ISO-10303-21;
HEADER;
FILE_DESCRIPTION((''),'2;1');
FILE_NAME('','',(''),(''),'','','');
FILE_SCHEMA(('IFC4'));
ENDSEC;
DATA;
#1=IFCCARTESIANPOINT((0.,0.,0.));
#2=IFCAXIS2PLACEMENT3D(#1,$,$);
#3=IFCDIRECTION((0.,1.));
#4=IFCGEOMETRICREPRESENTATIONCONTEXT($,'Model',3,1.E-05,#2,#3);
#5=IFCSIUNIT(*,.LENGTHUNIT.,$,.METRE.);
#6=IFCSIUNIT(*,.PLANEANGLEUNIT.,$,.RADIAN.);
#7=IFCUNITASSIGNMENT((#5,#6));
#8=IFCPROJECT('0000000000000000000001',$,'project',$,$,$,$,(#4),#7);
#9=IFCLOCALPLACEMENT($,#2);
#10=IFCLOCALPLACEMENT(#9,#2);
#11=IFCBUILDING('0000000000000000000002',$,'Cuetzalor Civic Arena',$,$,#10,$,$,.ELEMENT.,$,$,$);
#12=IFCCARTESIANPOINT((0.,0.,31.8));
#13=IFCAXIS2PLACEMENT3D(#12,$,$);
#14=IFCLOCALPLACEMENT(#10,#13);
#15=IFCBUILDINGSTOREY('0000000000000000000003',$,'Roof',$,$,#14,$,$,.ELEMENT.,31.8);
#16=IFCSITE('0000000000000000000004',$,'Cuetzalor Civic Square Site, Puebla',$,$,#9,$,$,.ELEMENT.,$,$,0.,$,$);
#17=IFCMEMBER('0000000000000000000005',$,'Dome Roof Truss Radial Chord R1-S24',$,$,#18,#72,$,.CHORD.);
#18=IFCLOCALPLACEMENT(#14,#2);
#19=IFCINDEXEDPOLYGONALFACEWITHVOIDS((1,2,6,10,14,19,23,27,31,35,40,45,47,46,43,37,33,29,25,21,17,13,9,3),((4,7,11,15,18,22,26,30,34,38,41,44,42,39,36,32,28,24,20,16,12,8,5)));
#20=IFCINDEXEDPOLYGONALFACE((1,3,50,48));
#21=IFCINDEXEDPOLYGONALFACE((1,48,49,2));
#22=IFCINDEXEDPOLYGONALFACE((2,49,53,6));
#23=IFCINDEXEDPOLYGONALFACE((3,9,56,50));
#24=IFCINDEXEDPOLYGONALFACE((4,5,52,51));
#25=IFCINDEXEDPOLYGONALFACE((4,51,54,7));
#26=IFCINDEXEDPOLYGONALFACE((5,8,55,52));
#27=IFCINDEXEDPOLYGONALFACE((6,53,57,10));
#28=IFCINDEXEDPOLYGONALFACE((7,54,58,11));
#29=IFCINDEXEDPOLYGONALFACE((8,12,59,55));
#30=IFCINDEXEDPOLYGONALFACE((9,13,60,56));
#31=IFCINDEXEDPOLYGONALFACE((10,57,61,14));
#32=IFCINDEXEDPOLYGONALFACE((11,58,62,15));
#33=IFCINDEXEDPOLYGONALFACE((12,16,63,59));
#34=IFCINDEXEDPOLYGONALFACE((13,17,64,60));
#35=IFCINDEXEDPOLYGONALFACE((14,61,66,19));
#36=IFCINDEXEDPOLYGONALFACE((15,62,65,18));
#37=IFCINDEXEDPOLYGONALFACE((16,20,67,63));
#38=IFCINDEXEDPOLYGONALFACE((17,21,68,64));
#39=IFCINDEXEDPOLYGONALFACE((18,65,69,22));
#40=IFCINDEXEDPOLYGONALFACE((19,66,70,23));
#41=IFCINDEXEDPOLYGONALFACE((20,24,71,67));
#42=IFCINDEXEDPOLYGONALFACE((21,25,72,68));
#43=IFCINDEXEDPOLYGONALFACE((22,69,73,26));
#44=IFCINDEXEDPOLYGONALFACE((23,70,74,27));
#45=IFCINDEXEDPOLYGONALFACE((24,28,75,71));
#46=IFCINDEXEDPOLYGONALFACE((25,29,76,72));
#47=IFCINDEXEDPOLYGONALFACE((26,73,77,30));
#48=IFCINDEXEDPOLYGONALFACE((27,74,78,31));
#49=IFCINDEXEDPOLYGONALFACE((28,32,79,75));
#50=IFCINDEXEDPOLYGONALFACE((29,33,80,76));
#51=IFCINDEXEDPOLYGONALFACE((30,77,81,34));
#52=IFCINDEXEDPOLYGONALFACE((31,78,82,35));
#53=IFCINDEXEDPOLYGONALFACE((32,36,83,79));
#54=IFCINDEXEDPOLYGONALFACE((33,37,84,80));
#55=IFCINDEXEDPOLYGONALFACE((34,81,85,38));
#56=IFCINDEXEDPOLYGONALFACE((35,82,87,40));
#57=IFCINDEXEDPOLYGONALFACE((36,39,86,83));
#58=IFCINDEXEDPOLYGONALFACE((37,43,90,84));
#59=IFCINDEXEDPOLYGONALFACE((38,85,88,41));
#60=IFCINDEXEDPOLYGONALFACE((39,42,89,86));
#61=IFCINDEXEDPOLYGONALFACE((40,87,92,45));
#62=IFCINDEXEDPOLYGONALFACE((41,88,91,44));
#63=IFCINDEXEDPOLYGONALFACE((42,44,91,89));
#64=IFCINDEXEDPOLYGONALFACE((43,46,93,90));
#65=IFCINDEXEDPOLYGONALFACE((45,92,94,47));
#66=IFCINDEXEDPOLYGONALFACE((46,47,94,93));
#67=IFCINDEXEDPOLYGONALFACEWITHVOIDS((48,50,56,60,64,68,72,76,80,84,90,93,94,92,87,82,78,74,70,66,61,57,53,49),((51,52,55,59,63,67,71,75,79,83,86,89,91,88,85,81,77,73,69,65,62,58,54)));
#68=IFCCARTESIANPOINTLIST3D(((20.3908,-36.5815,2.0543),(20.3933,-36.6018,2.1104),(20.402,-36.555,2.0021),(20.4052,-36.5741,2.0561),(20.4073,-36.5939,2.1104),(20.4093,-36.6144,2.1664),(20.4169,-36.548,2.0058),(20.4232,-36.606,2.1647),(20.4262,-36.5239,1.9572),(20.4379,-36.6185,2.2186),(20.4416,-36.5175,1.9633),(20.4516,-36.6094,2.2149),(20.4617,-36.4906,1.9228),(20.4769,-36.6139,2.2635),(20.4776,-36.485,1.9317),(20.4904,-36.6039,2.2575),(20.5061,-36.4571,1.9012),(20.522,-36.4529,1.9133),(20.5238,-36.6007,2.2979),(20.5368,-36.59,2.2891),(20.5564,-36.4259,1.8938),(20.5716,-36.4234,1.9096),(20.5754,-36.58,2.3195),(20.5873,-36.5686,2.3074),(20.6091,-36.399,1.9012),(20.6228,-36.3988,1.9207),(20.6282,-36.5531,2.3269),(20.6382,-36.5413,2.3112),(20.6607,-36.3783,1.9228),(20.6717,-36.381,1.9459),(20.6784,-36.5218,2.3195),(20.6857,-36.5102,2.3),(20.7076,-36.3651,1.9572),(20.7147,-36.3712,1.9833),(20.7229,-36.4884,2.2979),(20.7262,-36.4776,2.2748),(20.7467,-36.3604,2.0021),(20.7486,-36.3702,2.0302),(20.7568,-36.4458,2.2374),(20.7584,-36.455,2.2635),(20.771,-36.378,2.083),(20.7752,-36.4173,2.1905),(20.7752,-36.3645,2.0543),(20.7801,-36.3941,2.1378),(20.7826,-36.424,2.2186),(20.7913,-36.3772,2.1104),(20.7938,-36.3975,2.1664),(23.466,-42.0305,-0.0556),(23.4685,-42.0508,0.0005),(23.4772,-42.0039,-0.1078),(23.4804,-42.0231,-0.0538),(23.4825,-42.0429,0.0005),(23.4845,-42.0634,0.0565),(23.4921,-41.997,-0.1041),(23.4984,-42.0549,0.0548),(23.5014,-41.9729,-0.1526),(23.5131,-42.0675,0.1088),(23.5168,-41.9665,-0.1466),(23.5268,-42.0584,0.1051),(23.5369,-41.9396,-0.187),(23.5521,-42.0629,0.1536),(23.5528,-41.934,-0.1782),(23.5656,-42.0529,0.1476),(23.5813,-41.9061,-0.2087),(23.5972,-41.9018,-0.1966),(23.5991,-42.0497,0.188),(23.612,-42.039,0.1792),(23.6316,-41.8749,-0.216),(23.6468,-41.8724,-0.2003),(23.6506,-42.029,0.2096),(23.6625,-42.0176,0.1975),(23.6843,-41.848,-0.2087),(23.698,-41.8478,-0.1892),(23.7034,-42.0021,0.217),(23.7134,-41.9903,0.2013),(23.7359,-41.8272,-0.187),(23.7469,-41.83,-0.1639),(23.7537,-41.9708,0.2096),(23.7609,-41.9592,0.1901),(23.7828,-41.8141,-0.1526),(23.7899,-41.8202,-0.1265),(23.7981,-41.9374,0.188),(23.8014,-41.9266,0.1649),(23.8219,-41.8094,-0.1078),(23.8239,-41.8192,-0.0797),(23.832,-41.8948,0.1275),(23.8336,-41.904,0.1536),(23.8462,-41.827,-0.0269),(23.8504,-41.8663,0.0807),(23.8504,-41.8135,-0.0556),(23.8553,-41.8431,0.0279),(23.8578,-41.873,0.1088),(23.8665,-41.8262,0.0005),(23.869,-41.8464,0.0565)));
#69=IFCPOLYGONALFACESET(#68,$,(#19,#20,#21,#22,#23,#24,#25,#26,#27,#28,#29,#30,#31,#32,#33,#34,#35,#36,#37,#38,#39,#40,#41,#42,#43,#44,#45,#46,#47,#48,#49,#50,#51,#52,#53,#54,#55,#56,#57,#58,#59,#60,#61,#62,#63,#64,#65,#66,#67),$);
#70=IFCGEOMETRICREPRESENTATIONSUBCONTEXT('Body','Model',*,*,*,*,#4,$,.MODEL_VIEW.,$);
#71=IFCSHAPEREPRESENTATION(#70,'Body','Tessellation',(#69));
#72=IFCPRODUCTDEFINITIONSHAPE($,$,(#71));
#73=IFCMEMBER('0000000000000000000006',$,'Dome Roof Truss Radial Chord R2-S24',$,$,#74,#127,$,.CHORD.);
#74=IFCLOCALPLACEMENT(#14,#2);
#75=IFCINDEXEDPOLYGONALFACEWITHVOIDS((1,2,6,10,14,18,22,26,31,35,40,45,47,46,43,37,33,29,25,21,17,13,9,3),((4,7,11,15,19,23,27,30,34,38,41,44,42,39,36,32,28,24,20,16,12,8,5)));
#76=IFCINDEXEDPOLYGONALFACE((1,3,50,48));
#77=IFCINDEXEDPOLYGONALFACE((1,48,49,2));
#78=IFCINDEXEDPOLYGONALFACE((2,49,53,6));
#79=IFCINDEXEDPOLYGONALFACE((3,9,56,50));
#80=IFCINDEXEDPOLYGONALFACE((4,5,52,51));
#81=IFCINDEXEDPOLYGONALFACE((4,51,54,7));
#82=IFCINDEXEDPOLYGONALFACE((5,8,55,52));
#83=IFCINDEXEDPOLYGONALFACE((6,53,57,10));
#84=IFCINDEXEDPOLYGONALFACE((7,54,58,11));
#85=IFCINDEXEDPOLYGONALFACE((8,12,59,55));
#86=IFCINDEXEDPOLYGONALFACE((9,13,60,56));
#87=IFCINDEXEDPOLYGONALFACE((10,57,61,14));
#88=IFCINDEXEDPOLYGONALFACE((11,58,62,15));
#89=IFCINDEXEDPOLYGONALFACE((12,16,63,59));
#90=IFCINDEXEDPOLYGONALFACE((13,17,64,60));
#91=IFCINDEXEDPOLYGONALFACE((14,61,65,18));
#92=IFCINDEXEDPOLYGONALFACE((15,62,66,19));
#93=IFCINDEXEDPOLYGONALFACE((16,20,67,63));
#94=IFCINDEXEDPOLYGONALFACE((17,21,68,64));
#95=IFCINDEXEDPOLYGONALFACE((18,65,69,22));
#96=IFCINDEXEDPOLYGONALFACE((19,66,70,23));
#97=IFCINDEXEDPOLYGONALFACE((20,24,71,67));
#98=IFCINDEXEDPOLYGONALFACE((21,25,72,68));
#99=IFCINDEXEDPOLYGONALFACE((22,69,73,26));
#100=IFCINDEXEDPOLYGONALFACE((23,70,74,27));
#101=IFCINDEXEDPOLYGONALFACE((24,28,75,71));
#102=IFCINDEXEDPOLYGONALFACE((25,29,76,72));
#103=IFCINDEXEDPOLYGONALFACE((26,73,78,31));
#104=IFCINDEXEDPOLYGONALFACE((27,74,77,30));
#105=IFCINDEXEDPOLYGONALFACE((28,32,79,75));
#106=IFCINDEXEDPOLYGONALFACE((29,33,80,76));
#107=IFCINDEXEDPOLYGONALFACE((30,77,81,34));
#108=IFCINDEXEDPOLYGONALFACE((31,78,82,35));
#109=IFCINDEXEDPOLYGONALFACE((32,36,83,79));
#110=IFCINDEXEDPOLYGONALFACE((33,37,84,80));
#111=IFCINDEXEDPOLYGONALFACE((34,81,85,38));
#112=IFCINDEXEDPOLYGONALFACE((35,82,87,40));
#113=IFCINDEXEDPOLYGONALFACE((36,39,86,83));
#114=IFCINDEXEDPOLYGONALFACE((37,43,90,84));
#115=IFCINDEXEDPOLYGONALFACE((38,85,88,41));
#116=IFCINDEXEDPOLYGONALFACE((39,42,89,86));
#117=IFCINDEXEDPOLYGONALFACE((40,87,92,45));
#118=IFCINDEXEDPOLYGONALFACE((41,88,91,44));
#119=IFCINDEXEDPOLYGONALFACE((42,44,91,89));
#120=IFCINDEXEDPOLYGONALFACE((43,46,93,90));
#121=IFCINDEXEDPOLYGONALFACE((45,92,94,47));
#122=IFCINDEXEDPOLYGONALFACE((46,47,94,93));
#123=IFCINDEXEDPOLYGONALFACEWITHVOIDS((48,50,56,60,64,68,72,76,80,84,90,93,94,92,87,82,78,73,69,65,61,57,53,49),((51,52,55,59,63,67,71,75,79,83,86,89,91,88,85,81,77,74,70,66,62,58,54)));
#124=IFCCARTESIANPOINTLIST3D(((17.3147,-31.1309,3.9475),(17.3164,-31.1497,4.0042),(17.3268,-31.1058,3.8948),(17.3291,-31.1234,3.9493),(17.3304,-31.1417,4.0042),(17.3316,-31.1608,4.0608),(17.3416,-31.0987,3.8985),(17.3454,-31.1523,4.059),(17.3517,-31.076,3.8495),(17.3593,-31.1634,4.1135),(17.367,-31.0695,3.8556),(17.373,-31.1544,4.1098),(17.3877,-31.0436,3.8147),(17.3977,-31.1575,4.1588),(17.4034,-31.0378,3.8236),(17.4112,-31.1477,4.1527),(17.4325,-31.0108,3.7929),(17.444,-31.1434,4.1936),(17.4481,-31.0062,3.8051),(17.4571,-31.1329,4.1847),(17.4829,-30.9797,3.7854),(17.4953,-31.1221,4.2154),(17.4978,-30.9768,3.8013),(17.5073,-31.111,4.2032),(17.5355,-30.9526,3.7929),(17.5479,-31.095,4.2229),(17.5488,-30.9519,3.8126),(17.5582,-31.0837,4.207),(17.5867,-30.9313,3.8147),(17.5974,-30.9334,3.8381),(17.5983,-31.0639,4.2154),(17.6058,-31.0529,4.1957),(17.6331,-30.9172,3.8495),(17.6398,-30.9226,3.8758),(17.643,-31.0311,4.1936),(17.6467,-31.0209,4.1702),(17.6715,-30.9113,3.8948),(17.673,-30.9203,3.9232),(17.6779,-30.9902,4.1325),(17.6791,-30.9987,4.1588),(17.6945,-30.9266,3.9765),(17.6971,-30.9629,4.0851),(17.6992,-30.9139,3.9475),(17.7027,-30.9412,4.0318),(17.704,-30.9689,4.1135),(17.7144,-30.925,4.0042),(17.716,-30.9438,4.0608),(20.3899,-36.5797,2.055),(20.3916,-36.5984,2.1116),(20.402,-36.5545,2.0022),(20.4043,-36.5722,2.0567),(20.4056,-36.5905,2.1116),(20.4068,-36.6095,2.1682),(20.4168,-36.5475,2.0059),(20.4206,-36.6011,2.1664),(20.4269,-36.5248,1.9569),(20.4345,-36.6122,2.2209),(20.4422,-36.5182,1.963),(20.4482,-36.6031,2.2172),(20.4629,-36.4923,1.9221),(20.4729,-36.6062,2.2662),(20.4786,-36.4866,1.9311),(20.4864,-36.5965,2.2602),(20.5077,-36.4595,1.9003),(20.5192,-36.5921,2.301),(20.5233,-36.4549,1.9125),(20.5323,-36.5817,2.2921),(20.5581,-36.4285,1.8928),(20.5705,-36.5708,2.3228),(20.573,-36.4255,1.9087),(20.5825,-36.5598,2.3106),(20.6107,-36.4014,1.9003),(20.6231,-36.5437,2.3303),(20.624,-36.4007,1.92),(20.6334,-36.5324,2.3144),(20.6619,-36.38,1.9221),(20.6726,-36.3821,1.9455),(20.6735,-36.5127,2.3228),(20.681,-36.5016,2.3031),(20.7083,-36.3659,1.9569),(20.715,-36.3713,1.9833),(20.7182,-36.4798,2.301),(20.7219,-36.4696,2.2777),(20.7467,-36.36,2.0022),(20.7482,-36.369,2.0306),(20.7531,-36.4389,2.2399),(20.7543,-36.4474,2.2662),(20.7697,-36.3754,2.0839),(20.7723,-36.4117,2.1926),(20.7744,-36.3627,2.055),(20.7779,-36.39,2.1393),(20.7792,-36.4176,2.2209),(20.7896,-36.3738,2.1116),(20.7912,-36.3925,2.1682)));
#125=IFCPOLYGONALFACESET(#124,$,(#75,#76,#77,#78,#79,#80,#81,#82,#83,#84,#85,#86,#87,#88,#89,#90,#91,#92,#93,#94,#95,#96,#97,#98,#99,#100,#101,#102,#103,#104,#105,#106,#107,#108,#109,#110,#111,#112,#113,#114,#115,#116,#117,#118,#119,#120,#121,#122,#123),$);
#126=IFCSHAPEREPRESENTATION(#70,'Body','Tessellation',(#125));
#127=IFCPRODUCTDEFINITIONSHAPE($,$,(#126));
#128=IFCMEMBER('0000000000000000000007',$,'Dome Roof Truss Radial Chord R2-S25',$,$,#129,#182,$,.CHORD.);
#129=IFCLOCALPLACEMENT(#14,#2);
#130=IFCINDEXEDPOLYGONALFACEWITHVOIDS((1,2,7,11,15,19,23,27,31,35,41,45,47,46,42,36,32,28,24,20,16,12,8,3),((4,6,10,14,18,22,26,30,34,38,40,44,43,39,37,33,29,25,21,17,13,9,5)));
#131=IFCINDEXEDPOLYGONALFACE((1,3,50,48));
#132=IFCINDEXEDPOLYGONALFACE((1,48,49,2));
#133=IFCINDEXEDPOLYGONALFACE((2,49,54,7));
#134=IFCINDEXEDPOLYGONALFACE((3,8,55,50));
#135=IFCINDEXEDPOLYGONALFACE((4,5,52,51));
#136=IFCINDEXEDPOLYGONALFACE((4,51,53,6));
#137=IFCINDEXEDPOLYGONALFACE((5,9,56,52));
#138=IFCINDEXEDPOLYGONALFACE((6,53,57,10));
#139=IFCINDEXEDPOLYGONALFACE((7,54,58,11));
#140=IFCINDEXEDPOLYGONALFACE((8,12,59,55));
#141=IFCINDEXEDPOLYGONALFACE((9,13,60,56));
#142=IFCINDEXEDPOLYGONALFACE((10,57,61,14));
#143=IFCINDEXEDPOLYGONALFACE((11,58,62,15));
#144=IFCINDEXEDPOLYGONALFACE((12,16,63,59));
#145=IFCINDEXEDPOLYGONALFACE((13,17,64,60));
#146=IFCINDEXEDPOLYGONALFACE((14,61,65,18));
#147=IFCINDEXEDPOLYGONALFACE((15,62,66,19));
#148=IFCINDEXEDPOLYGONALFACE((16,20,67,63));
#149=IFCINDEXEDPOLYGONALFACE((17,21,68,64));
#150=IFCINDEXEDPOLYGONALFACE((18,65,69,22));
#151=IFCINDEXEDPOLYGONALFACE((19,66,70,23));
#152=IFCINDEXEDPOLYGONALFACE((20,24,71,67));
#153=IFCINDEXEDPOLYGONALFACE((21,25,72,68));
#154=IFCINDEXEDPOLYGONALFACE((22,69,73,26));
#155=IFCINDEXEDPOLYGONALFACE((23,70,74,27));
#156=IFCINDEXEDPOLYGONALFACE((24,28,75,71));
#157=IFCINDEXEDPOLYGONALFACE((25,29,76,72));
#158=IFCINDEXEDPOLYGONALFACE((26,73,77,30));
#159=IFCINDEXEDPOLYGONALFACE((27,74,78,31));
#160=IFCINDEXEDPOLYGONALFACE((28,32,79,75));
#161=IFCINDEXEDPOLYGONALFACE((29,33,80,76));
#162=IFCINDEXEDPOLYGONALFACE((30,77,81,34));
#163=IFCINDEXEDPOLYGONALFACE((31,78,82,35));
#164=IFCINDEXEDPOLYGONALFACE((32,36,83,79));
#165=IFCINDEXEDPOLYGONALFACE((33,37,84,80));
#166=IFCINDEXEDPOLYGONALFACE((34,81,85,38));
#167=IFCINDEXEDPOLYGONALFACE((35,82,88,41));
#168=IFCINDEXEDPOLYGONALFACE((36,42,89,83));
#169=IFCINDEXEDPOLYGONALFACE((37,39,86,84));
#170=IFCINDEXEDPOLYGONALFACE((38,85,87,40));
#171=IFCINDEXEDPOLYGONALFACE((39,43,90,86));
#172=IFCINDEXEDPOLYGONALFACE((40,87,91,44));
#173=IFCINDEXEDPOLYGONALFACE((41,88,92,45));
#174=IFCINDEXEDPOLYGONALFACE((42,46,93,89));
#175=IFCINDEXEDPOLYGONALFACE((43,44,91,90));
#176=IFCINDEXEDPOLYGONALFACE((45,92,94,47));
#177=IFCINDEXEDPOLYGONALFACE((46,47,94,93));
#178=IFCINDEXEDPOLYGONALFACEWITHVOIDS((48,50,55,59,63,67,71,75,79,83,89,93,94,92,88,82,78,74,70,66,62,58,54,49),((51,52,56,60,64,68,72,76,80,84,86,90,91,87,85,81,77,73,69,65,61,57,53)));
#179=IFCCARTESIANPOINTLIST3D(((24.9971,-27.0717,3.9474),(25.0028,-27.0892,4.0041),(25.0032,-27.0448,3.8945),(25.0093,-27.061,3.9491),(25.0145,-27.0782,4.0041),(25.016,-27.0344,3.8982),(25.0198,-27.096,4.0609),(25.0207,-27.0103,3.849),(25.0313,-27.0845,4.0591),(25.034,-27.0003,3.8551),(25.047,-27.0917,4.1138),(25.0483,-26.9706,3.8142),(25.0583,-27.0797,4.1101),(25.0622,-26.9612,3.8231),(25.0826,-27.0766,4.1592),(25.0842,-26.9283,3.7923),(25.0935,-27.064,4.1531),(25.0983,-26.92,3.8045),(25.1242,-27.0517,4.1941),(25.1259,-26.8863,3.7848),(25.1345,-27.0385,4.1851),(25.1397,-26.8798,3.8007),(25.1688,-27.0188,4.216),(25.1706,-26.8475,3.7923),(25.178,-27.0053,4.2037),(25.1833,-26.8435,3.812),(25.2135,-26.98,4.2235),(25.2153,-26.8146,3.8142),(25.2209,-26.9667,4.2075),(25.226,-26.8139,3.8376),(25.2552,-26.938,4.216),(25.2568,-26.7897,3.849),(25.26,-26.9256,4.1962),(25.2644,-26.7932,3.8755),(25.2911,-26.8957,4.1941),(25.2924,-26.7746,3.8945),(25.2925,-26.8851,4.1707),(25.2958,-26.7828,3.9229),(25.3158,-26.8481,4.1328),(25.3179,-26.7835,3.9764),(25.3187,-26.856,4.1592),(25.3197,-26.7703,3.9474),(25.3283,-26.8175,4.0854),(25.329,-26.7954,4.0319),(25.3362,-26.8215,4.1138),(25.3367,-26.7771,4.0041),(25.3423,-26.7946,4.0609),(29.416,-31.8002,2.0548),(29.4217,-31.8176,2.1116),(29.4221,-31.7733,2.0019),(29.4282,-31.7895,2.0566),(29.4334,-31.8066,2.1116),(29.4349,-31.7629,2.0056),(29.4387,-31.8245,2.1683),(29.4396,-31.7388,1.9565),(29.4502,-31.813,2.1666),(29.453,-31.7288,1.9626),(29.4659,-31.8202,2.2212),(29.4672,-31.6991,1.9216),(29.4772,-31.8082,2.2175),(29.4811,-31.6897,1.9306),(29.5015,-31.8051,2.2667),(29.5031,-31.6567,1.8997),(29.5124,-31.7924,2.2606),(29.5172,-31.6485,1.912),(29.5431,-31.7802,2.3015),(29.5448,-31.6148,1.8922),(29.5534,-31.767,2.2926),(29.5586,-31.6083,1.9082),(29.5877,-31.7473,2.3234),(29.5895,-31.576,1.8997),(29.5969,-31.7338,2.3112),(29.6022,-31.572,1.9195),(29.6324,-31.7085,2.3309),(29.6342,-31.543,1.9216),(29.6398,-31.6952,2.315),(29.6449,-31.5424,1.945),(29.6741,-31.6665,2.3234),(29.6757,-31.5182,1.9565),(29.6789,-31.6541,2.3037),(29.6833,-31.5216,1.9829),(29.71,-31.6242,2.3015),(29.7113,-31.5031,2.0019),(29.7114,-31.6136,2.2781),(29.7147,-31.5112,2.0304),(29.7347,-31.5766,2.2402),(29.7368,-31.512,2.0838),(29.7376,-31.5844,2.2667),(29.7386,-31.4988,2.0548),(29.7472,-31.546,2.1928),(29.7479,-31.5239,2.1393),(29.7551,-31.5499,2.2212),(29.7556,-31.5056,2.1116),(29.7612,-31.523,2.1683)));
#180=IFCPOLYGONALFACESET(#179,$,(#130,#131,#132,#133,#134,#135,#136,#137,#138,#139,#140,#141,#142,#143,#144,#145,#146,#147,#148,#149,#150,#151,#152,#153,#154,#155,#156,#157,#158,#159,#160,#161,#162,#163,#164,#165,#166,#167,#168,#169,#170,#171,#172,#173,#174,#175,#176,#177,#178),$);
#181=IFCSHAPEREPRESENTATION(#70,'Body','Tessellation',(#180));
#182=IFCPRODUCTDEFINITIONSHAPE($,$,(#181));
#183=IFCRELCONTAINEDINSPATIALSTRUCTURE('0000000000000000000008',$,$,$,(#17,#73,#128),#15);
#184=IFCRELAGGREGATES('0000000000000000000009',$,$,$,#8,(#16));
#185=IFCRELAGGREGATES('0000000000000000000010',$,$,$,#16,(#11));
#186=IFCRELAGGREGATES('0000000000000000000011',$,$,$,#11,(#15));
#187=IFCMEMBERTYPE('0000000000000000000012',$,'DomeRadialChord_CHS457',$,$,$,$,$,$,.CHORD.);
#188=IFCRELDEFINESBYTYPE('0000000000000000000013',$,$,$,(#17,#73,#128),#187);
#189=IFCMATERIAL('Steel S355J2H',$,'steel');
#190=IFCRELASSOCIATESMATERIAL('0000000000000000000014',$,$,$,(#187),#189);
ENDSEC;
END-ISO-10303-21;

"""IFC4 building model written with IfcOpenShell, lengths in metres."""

from ifc_helpers import new_model, si_unit, direction, frame, origin, origin_2d, place, context, subcontext, project, spatial, hollow_circle, extrude, material, material_profile, profile_set, type_object, element, save


model = new_model("IFC4")

# Units and contexts
model_context = context("Model", 3, precision=1e-05, world=origin(), true_north=direction((0.0, 1.0)))
body_context = subcontext(model_context, "Body", "Model", "MODEL_VIEW")
ifc_project = project(units=[si_unit("LENGTHUNIT", "METRE"), si_unit("PLANEANGLEUNIT", "RADIAN")], contexts=[model_context])

# Site, building, storey
site_placement = place(None, origin())
site = spatial("IfcSite", under=ifc_project, at=site_placement, Name="Cuetzalor Civic Square Site, Puebla", CompositionType="ELEMENT", RefElevation=0.0)
building_placement = place(site_placement, origin())
building = spatial("IfcBuilding", under=site, at=building_placement, Name="Cuetzalor Civic Arena", CompositionType="ELEMENT")
storey_placement = place(building_placement, frame((0.0, 0.0, 31.8)))
storey = spatial("IfcBuildingStorey", under=building, at=storey_placement, Name="Roof", CompositionType="ELEMENT", Elevation=31.8)

# Members
ifc_material_1 = material(Name="Steel S355J2H", Category="steel")
ifc_material_profile_1 = material_profile(ifc_material_1, hollow_circle(Radius=0.2285, WallThickness=0.0161, at=origin_2d()), Name="CHS 457x16")
ifc_profile_set_1 = profile_set([ifc_material_profile_1], Name="Steel S355J2H")
member_type_1 = type_object("IfcMemberType", Name="DomeRadialChord_CHS457", PredefinedType="CHORD", material=ifc_profile_set_1)
member_1_placement = place(storey_placement, frame((23.6675, -41.9385, 0.0005), z_axis=(-0.465727, 0.825226, 0.319531), x_axis=(-0.870882, -0.491493, 0.0)))
element("IfcMember", 1, at=member_1_placement, inside=storey, type_object=member_type_1, Name="Dome Roof Truss Radial Chord R1-S24", PredefinedType="CHORD", context=body_context, shape_type="SweptSolid", body=[
    extrude(hollow_circle(Radius=0.2285, WallThickness=0.0161, at=origin_2d()), origin(), (0.0, 0.0, 1.0), 6.603),
])
member_2_placement = place(storey_placement, frame((20.5906, -36.4861, 2.1116), z_axis=(-0.470457, 0.833571, 0.289535), x_axis=(-0.870872, -0.491509, 0.0)))
element("IfcMember", 2, at=member_2_placement, inside=storey, type_object=member_type_1, Name="Dome Roof Truss Radial Chord R2-S24", PredefinedType="CHORD", context=body_context, shape_type="SweptSolid", body=[
    extrude(hollow_circle(Radius=0.2285, WallThickness=0.0161, at=origin_2d()), origin(), (0.0, 0.0, 1.0), 6.5366),
])
member_3_placement = place(storey_placement, frame((29.5886, -31.6616, 2.1116), z_axis=(-0.65534, 0.70125, 0.280674), x_axis=(-0.730619, -0.682786, 0.0)))
element("IfcMember", 3, at=member_3_placement, inside=storey, type_object=member_type_1, Name="Dome Roof Truss Radial Chord R2-S25", PredefinedType="CHORD", context=body_context, shape_type="SweptSolid", body=[
    extrude(hollow_circle(Radius=0.2285, WallThickness=0.0161, at=origin_2d()), origin(), (0.0, 0.0, 1.0), 6.7429),
])

save(model, "model.ifc")
